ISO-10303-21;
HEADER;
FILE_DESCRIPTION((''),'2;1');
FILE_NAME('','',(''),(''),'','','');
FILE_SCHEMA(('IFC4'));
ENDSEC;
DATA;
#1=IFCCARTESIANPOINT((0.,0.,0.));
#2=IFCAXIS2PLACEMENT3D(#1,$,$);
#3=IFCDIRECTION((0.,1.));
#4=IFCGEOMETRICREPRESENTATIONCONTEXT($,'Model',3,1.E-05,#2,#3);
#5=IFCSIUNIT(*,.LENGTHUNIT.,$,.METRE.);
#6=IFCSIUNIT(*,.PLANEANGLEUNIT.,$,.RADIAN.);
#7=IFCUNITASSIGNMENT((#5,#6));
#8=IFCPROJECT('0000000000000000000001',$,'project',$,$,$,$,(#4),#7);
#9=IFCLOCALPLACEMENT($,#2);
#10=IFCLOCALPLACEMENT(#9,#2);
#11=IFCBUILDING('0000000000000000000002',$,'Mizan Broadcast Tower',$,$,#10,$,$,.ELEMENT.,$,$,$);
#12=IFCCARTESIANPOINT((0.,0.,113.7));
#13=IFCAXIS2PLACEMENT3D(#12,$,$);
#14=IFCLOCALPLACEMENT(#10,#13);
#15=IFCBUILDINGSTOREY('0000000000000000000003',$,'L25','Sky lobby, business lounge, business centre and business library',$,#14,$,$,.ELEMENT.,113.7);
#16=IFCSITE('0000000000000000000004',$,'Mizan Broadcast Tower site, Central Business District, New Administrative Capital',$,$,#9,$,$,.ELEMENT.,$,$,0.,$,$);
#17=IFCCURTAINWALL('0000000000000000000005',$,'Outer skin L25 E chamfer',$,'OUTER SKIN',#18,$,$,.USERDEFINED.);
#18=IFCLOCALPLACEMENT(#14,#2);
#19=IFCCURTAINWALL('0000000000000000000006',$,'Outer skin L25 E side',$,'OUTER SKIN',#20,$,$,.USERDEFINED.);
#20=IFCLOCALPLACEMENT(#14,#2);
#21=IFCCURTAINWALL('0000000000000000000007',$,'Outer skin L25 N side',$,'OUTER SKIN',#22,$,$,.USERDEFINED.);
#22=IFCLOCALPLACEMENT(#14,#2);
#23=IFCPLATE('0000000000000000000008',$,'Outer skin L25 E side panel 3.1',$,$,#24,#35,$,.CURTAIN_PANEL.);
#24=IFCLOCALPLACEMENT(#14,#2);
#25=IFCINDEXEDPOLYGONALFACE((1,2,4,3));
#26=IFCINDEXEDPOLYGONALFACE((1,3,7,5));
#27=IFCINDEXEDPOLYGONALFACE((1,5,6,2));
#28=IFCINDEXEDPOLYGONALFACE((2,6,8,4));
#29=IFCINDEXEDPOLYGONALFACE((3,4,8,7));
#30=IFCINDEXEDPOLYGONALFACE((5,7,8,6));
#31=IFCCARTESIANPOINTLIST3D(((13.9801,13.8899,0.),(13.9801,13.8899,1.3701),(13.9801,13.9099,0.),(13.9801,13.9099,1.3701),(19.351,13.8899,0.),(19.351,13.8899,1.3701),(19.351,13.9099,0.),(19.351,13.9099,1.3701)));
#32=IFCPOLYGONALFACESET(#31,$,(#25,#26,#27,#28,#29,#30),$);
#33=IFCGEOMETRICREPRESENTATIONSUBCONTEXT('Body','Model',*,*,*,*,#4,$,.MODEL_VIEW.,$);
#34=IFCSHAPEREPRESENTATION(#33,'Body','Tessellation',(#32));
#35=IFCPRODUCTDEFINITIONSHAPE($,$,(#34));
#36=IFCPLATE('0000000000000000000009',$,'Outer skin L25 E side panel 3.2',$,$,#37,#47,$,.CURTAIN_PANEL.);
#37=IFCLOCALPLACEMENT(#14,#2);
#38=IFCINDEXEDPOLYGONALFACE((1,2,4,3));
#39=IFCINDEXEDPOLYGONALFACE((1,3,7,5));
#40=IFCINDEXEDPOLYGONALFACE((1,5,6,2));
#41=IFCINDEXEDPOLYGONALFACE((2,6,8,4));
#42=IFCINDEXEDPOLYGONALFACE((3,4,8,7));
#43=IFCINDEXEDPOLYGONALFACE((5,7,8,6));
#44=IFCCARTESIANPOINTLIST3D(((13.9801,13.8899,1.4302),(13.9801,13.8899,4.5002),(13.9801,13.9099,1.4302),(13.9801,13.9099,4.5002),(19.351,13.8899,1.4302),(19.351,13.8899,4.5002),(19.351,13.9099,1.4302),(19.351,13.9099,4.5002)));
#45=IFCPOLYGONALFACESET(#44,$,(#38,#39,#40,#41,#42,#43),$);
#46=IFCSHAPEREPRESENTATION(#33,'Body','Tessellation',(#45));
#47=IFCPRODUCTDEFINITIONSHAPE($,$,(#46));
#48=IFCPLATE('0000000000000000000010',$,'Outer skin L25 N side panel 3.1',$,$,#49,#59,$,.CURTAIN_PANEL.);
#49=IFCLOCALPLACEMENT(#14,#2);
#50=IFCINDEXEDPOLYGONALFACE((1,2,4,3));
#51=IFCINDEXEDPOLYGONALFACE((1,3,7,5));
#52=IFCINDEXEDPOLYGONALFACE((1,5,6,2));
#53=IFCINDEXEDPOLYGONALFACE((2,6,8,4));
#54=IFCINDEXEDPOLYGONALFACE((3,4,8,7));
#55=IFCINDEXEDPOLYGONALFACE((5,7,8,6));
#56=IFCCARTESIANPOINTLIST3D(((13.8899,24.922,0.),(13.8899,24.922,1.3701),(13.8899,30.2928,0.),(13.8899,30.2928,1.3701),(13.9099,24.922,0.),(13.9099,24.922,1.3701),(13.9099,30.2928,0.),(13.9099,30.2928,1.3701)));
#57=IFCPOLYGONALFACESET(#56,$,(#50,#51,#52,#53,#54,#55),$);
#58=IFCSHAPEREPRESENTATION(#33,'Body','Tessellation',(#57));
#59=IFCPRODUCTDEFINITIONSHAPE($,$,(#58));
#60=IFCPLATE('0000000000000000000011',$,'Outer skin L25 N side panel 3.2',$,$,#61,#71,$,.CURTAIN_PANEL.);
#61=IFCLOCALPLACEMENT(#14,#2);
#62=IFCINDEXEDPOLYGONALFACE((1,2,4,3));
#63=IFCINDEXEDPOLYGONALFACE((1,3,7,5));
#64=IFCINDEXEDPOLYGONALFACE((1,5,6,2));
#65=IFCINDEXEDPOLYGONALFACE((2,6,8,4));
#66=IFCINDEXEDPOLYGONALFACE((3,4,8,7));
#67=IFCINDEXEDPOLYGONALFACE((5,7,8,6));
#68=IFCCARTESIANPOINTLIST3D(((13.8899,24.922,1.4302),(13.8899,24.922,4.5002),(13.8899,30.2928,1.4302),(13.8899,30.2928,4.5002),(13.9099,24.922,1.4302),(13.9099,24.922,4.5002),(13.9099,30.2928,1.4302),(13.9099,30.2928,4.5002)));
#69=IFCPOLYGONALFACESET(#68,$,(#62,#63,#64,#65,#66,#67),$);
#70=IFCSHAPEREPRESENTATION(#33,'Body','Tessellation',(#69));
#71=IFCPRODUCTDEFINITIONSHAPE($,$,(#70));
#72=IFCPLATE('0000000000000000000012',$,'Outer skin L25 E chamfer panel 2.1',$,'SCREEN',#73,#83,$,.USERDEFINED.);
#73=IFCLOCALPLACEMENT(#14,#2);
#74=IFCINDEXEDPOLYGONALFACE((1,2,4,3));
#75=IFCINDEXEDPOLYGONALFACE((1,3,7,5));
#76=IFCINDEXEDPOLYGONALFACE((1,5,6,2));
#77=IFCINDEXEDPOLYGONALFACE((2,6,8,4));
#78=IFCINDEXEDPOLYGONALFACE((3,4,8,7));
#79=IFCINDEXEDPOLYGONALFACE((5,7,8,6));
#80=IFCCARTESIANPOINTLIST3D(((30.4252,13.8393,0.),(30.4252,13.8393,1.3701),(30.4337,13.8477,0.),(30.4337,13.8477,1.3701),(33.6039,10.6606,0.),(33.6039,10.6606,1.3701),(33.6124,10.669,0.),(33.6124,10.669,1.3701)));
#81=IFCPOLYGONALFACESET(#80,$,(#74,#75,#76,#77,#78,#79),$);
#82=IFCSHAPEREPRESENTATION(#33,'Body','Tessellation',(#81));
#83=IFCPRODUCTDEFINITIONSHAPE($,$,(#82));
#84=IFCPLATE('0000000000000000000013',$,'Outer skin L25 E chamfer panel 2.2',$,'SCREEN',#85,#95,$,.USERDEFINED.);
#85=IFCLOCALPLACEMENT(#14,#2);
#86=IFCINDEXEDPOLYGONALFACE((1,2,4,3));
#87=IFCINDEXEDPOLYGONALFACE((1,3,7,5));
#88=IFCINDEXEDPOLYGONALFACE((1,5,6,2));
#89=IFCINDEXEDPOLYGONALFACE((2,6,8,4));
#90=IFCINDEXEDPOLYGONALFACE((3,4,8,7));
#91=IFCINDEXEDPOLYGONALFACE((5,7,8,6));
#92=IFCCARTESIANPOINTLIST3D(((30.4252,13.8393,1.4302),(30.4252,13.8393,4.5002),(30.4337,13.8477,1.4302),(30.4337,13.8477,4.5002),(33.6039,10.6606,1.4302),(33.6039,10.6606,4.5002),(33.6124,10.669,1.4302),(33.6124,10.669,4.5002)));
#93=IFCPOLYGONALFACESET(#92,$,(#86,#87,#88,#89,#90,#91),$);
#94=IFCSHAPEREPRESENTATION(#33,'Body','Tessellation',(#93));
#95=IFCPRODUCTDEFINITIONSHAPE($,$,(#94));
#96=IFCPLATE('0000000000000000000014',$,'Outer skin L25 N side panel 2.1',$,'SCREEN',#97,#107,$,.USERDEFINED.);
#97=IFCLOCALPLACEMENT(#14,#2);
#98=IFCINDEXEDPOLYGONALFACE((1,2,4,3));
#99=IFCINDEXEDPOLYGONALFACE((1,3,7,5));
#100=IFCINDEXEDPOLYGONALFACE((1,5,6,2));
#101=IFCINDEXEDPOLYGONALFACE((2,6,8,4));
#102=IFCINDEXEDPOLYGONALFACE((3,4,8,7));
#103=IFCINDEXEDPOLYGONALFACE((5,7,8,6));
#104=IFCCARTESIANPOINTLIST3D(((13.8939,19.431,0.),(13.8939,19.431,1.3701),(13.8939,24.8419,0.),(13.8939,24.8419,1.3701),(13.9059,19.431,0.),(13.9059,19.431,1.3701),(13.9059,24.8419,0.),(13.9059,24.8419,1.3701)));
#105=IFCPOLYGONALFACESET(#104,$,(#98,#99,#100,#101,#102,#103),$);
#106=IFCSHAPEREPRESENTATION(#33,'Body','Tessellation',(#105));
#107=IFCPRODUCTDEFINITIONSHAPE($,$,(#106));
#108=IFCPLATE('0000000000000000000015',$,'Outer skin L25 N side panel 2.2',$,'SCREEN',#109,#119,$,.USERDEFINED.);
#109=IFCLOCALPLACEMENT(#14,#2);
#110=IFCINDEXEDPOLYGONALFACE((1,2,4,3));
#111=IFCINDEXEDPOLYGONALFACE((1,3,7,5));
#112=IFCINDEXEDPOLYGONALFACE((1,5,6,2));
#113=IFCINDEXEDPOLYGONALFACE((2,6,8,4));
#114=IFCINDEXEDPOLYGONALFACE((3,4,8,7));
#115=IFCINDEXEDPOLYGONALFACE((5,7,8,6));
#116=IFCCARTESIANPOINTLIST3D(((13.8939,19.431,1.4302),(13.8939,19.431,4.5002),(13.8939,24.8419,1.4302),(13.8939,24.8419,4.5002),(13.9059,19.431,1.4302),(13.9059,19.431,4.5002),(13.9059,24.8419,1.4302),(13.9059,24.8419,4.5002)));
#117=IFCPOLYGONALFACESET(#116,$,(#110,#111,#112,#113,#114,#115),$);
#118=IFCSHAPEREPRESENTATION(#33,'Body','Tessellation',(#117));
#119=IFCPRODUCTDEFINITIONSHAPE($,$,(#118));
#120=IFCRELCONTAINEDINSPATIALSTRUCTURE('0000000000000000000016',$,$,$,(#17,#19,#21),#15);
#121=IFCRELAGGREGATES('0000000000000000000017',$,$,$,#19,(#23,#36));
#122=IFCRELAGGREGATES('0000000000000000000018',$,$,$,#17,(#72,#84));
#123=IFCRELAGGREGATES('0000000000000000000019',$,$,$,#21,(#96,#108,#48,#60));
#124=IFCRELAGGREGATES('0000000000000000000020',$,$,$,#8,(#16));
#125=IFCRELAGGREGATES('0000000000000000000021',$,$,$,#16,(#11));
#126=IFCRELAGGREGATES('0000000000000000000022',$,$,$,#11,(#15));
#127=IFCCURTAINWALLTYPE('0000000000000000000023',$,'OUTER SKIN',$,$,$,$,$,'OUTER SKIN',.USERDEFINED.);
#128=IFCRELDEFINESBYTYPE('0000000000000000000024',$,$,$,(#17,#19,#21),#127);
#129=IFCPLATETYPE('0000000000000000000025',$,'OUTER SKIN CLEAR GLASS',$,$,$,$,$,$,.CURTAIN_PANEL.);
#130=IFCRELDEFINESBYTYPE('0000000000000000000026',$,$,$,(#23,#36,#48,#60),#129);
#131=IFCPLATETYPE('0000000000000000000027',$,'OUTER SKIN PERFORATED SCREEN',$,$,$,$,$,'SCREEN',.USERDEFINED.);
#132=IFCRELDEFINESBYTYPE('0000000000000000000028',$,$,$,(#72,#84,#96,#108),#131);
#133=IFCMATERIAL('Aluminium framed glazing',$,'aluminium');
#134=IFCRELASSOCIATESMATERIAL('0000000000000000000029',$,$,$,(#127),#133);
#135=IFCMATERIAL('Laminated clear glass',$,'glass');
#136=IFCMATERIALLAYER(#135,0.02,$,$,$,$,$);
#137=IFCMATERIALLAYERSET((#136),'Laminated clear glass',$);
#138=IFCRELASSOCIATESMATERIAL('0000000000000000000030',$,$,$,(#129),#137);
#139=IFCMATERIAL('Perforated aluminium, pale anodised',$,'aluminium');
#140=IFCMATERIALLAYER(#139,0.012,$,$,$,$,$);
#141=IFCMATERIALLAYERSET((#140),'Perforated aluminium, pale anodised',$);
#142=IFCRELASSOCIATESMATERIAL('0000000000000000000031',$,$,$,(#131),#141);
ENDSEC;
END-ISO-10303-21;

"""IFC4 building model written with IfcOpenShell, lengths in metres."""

from ifc_helpers import new_model, si_unit, direction, frame, origin, origin_2d, place, context, subcontext, project, spatial, rectangle, extrude, material, layer, layer_set, type_object, element, aggregate, save


model = new_model("IFC4")

# Units and contexts
model_context = context("Model", 3, precision=1e-05, world=origin(), true_north=direction((0.0, 1.0)))
body_context = subcontext(model_context, "Body", "Model", "MODEL_VIEW")
ifc_project = project(units=[si_unit("LENGTHUNIT", "METRE"), si_unit("PLANEANGLEUNIT", "RADIAN")], contexts=[model_context])

# Site, building, storey
site_placement = place(None, origin())
site = spatial("IfcSite", under=ifc_project, at=site_placement, Name="Mizan Broadcast Tower site, Central Business District, New Administrative Capital", CompositionType="ELEMENT", RefElevation=0.0)
building_placement = place(site_placement, origin())
building = spatial("IfcBuilding", under=site, at=building_placement, Name="Mizan Broadcast Tower", CompositionType="ELEMENT")
storey_placement = place(building_placement, frame((0.0, 0.0, 113.7)))
storey = spatial("IfcBuildingStorey", under=building, at=storey_placement, Name="L25", Description="Sky lobby, business lounge, business centre and business library", CompositionType="ELEMENT", Elevation=113.7)

# Curtain wall
ifc_material_1 = material(Name="Aluminium framed glazing", Category="aluminium")
curtain_wall_type_1 = type_object("IfcCurtainWallType", Name="OUTER SKIN", ElementType="OUTER SKIN", PredefinedType="USERDEFINED", material=ifc_material_1)
curtain_wall_1_placement = place(storey_placement, origin())
curtain_wall_1 = element("IfcCurtainWall", 1, at=curtain_wall_1_placement, inside=storey, type_object=curtain_wall_type_1, Name="Outer skin L25 E chamfer", ObjectType="OUTER SKIN", PredefinedType="USERDEFINED")

# Curtain walls
curtain_wall_2_placement = place(storey_placement, origin())
curtain_wall_2 = element("IfcCurtainWall", 2, at=curtain_wall_2_placement, inside=storey, type_object=curtain_wall_type_1, Name="Outer skin L25 E side", ObjectType="OUTER SKIN", PredefinedType="USERDEFINED")
curtain_wall_3_placement = place(storey_placement, origin())
curtain_wall_3 = element("IfcCurtainWall", 3, at=curtain_wall_3_placement, inside=storey, type_object=curtain_wall_type_1, Name="Outer skin L25 N side", ObjectType="OUTER SKIN", PredefinedType="USERDEFINED")

# Plates
ifc_material_2 = material(Name="Laminated clear glass", Category="glass")
ifc_layer_1 = layer(ifc_material_2, 0.02)
ifc_layer_set_1 = layer_set([ifc_layer_1], Name="Laminated clear glass")
plate_type_1 = type_object("IfcPlateType", Name="OUTER SKIN CLEAR GLASS", PredefinedType="CURTAIN_PANEL", material=ifc_layer_set_1)
plate_1_placement = place(storey_placement, frame((16.6655, 13.8999, 0.0), z_axis=(0.0, 0.0, 1.0), x_axis=(-1.0, 0.0, 0.0)))
plate_1 = element("IfcPlate", 4, at=plate_1_placement, type_object=plate_type_1, Name="Outer skin L25 E side panel 3.1", PredefinedType="CURTAIN_PANEL", context=body_context, shape_type="SweptSolid", body=[
    extrude(rectangle(XDim=5.3708, YDim=0.02, at=origin_2d()), origin(), (0.0, 0.0, 1.0), 1.3701),
])
plate_2_placement = place(storey_placement, frame((16.6655, 13.8999, 1.4302), z_axis=(0.0, 0.0, 1.0), x_axis=(-1.0, 0.0, 0.0)))
plate_2 = element("IfcPlate", 5, at=plate_2_placement, type_object=plate_type_1, Name="Outer skin L25 E side panel 3.2", PredefinedType="CURTAIN_PANEL", context=body_context, shape_type="SweptSolid", body=[
    extrude(rectangle(XDim=5.3708, YDim=0.02, at=origin_2d()), origin(), (0.0, 0.0, 1.0), 3.0701),
])
aggregate(curtain_wall_2, [plate_1, plate_2])
plate_3_placement = place(storey_placement, frame((13.8999, 27.6074, 0.0), z_axis=(0.0, 0.0, 1.0), x_axis=(0.0, 1.0, 0.0)))
plate_3 = element("IfcPlate", 6, at=plate_3_placement, type_object=plate_type_1, Name="Outer skin L25 N side panel 3.1", PredefinedType="CURTAIN_PANEL", context=body_context, shape_type="SweptSolid", body=[
    extrude(rectangle(XDim=5.3708, YDim=0.02, at=origin_2d()), origin(), (0.0, 0.0, 1.0), 1.3701),
])
plate_4_placement = place(storey_placement, frame((13.8999, 27.6074, 1.4302), z_axis=(0.0, 0.0, 1.0), x_axis=(0.0, 1.0, 0.0)))
plate_4 = element("IfcPlate", 7, at=plate_4_placement, type_object=plate_type_1, Name="Outer skin L25 N side panel 3.2", PredefinedType="CURTAIN_PANEL", context=body_context, shape_type="SweptSolid", body=[
    extrude(rectangle(XDim=5.3708, YDim=0.02, at=origin_2d()), origin(), (0.0, 0.0, 1.0), 3.0701),
])
ifc_material_3 = material(Name="Perforated aluminium, pale anodised", Category="aluminium")
ifc_layer_2 = layer(ifc_material_3, 0.012)
ifc_layer_set_2 = layer_set([ifc_layer_2], Name="Perforated aluminium, pale anodised")
plate_type_2 = type_object("IfcPlateType", Name="OUTER SKIN PERFORATED SCREEN", ElementType="SCREEN", PredefinedType="USERDEFINED", material=ifc_layer_set_2)
plate_5_placement = place(storey_placement, frame((32.0188, 12.2542, 0.0), z_axis=(0.0, 0.0, 1.0), x_axis=(-0.707107, 0.707107, 0.0)))
plate_5 = element("IfcPlate", 8, at=plate_5_placement, type_object=plate_type_2, Name="Outer skin L25 E chamfer panel 2.1", ObjectType="SCREEN", PredefinedType="USERDEFINED", context=body_context, shape_type="SweptSolid", body=[
    extrude(rectangle(XDim=4.4954, YDim=0.012, at=origin_2d()), origin(), (0.0, 0.0, 1.0), 1.3701),
])
plate_6_placement = place(storey_placement, frame((32.0188, 12.2542, 1.4302), z_axis=(0.0, 0.0, 1.0), x_axis=(-0.707107, 0.707107, 0.0)))
plate_6 = element("IfcPlate", 9, at=plate_6_placement, type_object=plate_type_2, Name="Outer skin L25 E chamfer panel 2.2", ObjectType="SCREEN", PredefinedType="USERDEFINED", context=body_context, shape_type="SweptSolid", body=[
    extrude(rectangle(XDim=4.4954, YDim=0.012, at=origin_2d()), origin(), (0.0, 0.0, 1.0), 3.0701),
])
aggregate(curtain_wall_1, [plate_5, plate_6])
plate_7_placement = place(storey_placement, frame((13.8999, 22.1365, 0.0), z_axis=(0.0, 0.0, 1.0), x_axis=(0.0, 1.0, 0.0)))
plate_7 = element("IfcPlate", 10, at=plate_7_placement, type_object=plate_type_2, Name="Outer skin L25 N side panel 2.1", ObjectType="SCREEN", PredefinedType="USERDEFINED", context=body_context, shape_type="SweptSolid", body=[
    extrude(rectangle(XDim=5.4109, YDim=0.012, at=origin_2d()), origin(), (0.0, 0.0, 1.0), 1.3701),
])
plate_8_placement = place(storey_placement, frame((13.8999, 22.1365, 1.4302), z_axis=(0.0, 0.0, 1.0), x_axis=(0.0, 1.0, 0.0)))
plate_8 = element("IfcPlate", 11, at=plate_8_placement, type_object=plate_type_2, Name="Outer skin L25 N side panel 2.2", ObjectType="SCREEN", PredefinedType="USERDEFINED", context=body_context, shape_type="SweptSolid", body=[
    extrude(rectangle(XDim=5.4109, YDim=0.012, at=origin_2d()), origin(), (0.0, 0.0, 1.0), 3.0701),
])
aggregate(curtain_wall_3, [plate_7, plate_8, plate_3, plate_4])

save(model, "model.ifc")
